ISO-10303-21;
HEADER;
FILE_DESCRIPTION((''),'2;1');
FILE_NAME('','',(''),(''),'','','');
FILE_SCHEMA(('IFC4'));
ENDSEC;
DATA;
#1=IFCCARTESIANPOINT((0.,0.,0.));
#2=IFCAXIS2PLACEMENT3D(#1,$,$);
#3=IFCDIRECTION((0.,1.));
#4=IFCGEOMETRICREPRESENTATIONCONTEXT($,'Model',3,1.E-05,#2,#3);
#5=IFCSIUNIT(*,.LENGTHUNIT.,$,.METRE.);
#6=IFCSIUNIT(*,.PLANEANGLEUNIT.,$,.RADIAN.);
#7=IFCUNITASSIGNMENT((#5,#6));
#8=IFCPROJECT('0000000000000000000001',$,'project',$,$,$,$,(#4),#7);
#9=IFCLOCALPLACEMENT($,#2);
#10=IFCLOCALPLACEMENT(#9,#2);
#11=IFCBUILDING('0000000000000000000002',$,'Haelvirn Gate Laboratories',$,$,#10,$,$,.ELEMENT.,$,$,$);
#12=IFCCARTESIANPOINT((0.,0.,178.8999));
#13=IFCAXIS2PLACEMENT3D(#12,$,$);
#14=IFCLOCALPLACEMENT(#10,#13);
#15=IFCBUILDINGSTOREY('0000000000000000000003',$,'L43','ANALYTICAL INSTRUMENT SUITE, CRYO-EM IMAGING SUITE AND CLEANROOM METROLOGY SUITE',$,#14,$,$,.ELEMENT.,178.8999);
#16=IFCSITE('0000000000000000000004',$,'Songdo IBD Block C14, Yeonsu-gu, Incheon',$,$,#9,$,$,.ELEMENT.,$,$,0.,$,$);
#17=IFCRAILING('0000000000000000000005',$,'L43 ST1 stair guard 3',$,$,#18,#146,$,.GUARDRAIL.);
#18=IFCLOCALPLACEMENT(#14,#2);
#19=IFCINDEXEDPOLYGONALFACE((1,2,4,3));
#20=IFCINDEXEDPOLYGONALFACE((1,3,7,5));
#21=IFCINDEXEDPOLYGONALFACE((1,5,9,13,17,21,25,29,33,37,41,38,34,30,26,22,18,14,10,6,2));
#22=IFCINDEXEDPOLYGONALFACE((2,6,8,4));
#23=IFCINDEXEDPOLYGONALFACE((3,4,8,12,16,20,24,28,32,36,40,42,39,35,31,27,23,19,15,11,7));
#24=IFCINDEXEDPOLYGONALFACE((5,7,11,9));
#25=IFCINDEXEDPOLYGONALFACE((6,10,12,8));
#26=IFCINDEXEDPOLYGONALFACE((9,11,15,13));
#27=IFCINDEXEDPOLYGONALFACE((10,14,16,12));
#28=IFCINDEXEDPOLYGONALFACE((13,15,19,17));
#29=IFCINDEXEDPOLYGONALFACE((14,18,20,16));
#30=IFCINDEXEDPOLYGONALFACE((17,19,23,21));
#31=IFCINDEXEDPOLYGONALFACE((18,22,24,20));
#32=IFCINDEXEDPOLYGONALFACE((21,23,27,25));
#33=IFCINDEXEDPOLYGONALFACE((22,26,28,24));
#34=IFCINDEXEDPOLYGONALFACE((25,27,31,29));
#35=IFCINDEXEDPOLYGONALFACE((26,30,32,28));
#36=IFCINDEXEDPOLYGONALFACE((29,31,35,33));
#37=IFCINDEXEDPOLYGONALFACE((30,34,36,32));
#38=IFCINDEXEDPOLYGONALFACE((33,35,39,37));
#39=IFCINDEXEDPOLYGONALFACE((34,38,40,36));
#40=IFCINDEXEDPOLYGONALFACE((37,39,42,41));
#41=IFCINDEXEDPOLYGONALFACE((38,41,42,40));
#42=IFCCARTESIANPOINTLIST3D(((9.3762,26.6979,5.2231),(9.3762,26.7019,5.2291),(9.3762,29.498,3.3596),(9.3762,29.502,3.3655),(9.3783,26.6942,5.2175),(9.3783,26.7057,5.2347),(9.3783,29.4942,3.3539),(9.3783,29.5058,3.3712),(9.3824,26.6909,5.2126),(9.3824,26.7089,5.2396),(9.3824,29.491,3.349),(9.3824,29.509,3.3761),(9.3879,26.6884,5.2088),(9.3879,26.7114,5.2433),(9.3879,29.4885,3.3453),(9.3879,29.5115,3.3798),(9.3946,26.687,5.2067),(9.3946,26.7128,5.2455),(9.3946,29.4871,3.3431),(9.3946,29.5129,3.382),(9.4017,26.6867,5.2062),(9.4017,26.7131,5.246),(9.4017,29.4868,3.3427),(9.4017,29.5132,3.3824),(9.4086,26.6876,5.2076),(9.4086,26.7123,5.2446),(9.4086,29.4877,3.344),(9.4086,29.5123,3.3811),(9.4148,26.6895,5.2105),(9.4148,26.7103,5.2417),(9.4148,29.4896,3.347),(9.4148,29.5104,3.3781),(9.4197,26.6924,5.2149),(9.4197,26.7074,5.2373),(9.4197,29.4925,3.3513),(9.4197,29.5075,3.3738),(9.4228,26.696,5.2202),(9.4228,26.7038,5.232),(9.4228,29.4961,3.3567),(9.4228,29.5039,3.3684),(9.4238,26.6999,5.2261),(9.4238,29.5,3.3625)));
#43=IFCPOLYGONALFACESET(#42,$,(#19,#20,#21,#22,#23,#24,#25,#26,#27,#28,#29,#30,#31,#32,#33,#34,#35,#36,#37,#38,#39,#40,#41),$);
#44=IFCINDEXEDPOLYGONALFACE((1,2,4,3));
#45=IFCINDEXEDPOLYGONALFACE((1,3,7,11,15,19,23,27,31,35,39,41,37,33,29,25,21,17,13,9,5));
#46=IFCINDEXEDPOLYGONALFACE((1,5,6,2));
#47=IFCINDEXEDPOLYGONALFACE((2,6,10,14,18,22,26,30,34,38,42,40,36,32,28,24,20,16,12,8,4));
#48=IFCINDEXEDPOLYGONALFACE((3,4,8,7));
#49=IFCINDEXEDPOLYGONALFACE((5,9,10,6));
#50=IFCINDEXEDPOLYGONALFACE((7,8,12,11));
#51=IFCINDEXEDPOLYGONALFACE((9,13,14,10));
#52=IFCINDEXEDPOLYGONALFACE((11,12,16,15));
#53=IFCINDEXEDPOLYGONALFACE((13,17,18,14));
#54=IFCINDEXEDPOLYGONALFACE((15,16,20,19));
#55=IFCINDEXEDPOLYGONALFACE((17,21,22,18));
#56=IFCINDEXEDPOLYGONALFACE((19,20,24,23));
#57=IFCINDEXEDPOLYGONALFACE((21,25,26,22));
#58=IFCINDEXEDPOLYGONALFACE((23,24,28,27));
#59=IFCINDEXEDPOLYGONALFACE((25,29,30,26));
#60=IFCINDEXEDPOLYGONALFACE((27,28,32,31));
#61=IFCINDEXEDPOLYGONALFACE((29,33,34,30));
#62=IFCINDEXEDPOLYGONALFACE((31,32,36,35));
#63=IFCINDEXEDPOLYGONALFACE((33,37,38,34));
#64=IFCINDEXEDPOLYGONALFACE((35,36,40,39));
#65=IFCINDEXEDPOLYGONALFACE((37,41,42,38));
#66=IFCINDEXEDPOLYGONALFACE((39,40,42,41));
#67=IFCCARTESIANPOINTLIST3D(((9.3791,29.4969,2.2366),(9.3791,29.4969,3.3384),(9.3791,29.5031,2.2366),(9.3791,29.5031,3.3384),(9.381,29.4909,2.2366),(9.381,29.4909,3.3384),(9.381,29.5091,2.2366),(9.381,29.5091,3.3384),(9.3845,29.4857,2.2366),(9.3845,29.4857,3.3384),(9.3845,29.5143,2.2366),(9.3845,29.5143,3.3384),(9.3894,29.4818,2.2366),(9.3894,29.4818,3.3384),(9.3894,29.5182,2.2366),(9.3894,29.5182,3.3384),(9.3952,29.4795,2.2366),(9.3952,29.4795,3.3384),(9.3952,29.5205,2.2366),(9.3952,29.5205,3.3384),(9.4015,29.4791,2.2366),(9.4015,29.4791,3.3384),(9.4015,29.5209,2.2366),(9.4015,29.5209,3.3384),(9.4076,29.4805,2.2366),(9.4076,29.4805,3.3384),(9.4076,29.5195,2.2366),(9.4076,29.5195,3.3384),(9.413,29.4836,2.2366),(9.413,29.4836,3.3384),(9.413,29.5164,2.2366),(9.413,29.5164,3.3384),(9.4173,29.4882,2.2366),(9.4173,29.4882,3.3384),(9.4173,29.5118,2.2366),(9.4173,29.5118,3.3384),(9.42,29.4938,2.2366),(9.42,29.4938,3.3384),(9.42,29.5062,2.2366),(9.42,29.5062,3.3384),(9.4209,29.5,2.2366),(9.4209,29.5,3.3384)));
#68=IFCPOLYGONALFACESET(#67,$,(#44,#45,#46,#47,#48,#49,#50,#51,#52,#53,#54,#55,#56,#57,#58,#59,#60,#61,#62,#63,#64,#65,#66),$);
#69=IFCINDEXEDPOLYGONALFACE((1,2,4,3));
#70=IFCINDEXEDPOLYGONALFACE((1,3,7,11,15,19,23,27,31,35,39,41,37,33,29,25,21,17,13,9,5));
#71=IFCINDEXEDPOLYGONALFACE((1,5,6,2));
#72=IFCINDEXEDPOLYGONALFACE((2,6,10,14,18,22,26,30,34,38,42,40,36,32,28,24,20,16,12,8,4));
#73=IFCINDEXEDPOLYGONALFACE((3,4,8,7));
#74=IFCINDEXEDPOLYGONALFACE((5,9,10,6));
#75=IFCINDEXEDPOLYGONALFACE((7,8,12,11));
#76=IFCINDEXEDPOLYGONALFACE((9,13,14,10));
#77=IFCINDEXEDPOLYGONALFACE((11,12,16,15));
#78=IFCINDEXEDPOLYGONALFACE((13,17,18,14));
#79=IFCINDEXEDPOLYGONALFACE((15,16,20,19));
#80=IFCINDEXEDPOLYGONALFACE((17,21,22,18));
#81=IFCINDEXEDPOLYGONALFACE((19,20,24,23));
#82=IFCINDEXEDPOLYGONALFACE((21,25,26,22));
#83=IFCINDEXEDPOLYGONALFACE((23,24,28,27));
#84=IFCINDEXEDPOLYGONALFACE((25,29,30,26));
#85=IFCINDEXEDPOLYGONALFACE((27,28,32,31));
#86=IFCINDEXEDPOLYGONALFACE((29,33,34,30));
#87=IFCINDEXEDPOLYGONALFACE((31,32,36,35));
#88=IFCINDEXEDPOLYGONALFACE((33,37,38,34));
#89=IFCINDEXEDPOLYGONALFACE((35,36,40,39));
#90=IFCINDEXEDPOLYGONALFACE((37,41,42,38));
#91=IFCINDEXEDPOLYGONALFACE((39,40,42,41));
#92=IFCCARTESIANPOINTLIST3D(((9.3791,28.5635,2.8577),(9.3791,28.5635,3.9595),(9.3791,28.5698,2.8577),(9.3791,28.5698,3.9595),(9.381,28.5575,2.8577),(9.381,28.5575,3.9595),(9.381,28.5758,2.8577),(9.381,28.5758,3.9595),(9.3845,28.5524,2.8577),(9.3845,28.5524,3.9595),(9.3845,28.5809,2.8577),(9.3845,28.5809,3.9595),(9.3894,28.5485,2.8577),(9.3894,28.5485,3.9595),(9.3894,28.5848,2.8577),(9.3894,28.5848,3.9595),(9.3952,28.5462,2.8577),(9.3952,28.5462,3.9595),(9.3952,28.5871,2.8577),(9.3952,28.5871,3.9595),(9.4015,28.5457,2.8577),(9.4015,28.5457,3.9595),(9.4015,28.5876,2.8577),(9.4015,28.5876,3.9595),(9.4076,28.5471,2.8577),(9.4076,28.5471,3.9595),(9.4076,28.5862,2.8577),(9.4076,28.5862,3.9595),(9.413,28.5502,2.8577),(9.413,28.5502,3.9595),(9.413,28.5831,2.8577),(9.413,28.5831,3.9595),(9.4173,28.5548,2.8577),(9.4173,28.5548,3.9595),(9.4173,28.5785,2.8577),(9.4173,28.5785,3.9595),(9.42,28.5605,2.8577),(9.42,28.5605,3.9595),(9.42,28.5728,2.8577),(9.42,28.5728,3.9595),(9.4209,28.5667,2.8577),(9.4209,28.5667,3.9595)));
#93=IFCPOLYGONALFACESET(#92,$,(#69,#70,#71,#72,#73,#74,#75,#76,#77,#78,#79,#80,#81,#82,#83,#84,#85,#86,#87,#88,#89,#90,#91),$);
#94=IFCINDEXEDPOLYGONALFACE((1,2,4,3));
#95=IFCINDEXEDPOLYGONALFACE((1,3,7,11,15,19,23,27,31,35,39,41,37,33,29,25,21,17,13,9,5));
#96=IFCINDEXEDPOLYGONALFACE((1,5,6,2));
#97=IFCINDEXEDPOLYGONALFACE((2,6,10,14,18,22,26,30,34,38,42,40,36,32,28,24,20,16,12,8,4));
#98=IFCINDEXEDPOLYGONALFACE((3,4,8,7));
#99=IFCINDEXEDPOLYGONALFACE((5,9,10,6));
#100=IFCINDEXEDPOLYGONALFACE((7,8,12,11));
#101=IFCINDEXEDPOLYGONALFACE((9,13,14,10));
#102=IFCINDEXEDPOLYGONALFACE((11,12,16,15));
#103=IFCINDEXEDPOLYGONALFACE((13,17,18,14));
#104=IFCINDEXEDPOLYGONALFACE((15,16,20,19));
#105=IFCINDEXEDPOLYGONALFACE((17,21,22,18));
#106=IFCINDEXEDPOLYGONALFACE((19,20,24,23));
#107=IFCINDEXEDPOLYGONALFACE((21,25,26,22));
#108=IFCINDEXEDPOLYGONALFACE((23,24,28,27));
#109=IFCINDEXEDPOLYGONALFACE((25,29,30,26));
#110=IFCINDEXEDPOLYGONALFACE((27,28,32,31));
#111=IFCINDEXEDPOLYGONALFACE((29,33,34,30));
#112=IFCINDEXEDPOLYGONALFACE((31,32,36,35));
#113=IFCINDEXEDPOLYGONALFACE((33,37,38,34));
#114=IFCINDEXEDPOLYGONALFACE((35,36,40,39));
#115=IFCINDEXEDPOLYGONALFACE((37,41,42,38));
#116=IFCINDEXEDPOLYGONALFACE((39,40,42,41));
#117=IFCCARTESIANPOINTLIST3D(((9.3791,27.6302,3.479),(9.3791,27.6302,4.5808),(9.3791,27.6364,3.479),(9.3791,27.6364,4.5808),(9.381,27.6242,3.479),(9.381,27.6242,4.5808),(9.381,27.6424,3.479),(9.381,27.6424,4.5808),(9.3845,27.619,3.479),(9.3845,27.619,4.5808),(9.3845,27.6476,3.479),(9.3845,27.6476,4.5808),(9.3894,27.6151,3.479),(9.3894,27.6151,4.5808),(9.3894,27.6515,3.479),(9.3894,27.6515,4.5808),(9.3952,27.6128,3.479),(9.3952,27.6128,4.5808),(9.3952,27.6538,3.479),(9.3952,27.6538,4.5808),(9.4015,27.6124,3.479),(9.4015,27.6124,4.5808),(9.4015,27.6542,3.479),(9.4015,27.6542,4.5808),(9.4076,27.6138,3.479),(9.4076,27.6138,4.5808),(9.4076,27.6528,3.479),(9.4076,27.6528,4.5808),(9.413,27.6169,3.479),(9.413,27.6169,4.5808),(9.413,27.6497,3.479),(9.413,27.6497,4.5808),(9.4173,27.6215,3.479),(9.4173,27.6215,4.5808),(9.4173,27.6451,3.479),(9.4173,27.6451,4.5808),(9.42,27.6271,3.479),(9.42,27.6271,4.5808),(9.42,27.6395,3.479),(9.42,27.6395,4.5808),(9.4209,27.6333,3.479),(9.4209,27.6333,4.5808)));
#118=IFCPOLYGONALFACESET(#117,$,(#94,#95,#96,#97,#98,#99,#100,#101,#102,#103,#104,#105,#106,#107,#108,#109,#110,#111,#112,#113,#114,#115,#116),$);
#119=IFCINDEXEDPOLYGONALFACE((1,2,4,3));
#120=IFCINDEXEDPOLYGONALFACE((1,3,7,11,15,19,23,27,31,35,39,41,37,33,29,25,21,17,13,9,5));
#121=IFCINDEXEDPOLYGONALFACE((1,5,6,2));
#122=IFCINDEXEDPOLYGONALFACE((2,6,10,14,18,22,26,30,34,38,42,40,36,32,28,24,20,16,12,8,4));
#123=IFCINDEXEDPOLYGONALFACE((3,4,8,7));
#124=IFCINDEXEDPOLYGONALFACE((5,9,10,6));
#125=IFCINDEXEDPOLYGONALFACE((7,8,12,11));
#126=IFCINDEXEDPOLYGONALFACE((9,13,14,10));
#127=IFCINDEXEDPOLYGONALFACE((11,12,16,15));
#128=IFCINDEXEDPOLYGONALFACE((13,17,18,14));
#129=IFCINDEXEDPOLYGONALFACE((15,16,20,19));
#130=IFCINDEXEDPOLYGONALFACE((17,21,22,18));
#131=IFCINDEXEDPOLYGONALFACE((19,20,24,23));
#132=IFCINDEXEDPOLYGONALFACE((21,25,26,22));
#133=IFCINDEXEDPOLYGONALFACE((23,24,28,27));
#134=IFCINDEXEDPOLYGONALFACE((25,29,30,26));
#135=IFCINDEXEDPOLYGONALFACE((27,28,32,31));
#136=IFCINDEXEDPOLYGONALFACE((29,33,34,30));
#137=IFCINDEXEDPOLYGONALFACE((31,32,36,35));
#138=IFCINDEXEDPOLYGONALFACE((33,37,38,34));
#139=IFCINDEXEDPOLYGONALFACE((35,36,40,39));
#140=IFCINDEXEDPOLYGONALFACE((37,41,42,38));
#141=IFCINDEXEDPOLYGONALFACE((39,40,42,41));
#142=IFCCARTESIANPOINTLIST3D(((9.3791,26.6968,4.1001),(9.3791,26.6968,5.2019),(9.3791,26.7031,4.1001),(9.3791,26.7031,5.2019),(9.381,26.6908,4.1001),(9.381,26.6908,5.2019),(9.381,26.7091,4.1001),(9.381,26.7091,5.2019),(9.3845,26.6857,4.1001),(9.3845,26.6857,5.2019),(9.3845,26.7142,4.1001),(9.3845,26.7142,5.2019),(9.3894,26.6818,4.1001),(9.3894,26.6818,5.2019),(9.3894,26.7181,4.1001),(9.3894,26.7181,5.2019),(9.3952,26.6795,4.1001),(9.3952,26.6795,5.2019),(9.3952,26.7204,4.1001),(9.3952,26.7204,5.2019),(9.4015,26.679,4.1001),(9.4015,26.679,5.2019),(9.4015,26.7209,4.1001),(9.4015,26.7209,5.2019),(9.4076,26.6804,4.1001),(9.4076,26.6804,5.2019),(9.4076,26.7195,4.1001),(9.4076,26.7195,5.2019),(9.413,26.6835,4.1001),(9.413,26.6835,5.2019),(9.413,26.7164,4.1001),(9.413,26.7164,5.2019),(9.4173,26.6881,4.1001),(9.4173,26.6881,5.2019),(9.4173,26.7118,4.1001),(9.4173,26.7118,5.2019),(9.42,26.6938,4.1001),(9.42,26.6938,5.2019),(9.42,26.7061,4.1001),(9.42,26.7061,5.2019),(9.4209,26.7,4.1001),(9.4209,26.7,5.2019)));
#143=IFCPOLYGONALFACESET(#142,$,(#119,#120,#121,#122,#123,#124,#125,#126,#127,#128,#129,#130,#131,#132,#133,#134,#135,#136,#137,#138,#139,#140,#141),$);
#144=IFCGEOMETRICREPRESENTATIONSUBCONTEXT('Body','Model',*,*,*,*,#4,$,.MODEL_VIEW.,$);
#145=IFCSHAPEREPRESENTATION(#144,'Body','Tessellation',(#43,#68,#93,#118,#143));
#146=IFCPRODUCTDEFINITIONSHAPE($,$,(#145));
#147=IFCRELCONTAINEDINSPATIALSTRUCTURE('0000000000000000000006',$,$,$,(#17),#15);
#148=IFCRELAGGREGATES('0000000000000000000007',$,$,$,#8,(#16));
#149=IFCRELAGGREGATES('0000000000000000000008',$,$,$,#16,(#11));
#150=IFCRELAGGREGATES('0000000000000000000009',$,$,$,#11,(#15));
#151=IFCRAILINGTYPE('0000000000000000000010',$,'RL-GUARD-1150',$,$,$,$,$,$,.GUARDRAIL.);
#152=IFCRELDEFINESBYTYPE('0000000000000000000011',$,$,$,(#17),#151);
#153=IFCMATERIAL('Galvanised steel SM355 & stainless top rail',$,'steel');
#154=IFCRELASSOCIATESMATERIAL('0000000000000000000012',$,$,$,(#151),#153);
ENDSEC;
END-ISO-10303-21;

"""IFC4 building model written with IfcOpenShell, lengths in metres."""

from ifc_helpers import new_model, si_unit, direction, frame, origin, origin_2d, place, context, subcontext, project, spatial, circle, extrude, source, transform, mapped, material, type_object, element, save


model = new_model("IFC4")

# Units and contexts
model_context = context("Model", 3, precision=1e-05, world=origin(), true_north=direction((0.0, 1.0)))
body_context = subcontext(model_context, "Body", "Model", "MODEL_VIEW")
ifc_project = project(units=[si_unit("LENGTHUNIT", "METRE"), si_unit("PLANEANGLEUNIT", "RADIAN")], contexts=[model_context])

# Site, building, storey
site_placement = place(None, origin())
site = spatial("IfcSite", under=ifc_project, at=site_placement, Name="Songdo IBD Block C14, Yeonsu-gu, Incheon", CompositionType="ELEMENT", RefElevation=0.0)
building_placement = place(site_placement, origin())
building = spatial("IfcBuilding", under=site, at=building_placement, Name="Haelvirn Gate Laboratories", CompositionType="ELEMENT")
storey_placement = place(building_placement, frame((0.0, 0.0, 178.8999)))
storey = spatial("IfcBuildingStorey", under=building, at=storey_placement, Name="L43", Description="ANALYTICAL INSTRUMENT SUITE, CRYO-EM IMAGING SUITE AND CLEANROOM METROLOGY SUITE", CompositionType="ELEMENT", Elevation=178.8999)

# Railing
ifc_material_1 = material(Name="Galvanised steel SM355 & stainless top rail", Category="steel")
railing_type_1 = type_object("IfcRailingType", Name="RL-GUARD-1150", PredefinedType="GUARDRAIL", material=ifc_material_1)
shared_shape_1 = source(origin(), body_context, "Body", "SweptSolid", [
    extrude(circle(Radius=0.0239, at=origin_2d()), frame((0.0, 0.0, 1.126), z_axis=(0.0, -0.832486, 0.554047), x_axis=(1.0, 0.0, 0.0)), (0.0, 0.0, 1.0), 3.3635),
    extrude(circle(Radius=0.021, at=origin_2d()), origin(), (0.0, 0.0, 1.0), 1.1018),
    extrude(circle(Radius=0.021, at=origin_2d()), frame((0.0, -0.9333, 0.6211)), (0.0, 0.0, 1.0), 1.1018),
    extrude(circle(Radius=0.021, at=origin_2d()), frame((0.0, -1.8667, 1.2424)), (0.0, 0.0, 1.0), 1.1018),
    extrude(circle(Radius=0.021, at=origin_2d()), frame((0.0, -2.8, 1.8635)), (0.0, 0.0, 1.0), 1.1018),
])
railing_1_placement = place(storey_placement, frame((9.3999, 29.5, 2.2366)))
element("IfcRailing", 1, at=railing_1_placement, inside=storey, type_object=railing_type_1, Name="L43 ST1 stair guard 3", PredefinedType="GUARDRAIL", context=body_context, shape_type="MappedRepresentation", body=[
    mapped(shared_shape_1, transform((0.0, 0.0, 0.0), scale=1.0)),
])

save(model, "model.ifc")
